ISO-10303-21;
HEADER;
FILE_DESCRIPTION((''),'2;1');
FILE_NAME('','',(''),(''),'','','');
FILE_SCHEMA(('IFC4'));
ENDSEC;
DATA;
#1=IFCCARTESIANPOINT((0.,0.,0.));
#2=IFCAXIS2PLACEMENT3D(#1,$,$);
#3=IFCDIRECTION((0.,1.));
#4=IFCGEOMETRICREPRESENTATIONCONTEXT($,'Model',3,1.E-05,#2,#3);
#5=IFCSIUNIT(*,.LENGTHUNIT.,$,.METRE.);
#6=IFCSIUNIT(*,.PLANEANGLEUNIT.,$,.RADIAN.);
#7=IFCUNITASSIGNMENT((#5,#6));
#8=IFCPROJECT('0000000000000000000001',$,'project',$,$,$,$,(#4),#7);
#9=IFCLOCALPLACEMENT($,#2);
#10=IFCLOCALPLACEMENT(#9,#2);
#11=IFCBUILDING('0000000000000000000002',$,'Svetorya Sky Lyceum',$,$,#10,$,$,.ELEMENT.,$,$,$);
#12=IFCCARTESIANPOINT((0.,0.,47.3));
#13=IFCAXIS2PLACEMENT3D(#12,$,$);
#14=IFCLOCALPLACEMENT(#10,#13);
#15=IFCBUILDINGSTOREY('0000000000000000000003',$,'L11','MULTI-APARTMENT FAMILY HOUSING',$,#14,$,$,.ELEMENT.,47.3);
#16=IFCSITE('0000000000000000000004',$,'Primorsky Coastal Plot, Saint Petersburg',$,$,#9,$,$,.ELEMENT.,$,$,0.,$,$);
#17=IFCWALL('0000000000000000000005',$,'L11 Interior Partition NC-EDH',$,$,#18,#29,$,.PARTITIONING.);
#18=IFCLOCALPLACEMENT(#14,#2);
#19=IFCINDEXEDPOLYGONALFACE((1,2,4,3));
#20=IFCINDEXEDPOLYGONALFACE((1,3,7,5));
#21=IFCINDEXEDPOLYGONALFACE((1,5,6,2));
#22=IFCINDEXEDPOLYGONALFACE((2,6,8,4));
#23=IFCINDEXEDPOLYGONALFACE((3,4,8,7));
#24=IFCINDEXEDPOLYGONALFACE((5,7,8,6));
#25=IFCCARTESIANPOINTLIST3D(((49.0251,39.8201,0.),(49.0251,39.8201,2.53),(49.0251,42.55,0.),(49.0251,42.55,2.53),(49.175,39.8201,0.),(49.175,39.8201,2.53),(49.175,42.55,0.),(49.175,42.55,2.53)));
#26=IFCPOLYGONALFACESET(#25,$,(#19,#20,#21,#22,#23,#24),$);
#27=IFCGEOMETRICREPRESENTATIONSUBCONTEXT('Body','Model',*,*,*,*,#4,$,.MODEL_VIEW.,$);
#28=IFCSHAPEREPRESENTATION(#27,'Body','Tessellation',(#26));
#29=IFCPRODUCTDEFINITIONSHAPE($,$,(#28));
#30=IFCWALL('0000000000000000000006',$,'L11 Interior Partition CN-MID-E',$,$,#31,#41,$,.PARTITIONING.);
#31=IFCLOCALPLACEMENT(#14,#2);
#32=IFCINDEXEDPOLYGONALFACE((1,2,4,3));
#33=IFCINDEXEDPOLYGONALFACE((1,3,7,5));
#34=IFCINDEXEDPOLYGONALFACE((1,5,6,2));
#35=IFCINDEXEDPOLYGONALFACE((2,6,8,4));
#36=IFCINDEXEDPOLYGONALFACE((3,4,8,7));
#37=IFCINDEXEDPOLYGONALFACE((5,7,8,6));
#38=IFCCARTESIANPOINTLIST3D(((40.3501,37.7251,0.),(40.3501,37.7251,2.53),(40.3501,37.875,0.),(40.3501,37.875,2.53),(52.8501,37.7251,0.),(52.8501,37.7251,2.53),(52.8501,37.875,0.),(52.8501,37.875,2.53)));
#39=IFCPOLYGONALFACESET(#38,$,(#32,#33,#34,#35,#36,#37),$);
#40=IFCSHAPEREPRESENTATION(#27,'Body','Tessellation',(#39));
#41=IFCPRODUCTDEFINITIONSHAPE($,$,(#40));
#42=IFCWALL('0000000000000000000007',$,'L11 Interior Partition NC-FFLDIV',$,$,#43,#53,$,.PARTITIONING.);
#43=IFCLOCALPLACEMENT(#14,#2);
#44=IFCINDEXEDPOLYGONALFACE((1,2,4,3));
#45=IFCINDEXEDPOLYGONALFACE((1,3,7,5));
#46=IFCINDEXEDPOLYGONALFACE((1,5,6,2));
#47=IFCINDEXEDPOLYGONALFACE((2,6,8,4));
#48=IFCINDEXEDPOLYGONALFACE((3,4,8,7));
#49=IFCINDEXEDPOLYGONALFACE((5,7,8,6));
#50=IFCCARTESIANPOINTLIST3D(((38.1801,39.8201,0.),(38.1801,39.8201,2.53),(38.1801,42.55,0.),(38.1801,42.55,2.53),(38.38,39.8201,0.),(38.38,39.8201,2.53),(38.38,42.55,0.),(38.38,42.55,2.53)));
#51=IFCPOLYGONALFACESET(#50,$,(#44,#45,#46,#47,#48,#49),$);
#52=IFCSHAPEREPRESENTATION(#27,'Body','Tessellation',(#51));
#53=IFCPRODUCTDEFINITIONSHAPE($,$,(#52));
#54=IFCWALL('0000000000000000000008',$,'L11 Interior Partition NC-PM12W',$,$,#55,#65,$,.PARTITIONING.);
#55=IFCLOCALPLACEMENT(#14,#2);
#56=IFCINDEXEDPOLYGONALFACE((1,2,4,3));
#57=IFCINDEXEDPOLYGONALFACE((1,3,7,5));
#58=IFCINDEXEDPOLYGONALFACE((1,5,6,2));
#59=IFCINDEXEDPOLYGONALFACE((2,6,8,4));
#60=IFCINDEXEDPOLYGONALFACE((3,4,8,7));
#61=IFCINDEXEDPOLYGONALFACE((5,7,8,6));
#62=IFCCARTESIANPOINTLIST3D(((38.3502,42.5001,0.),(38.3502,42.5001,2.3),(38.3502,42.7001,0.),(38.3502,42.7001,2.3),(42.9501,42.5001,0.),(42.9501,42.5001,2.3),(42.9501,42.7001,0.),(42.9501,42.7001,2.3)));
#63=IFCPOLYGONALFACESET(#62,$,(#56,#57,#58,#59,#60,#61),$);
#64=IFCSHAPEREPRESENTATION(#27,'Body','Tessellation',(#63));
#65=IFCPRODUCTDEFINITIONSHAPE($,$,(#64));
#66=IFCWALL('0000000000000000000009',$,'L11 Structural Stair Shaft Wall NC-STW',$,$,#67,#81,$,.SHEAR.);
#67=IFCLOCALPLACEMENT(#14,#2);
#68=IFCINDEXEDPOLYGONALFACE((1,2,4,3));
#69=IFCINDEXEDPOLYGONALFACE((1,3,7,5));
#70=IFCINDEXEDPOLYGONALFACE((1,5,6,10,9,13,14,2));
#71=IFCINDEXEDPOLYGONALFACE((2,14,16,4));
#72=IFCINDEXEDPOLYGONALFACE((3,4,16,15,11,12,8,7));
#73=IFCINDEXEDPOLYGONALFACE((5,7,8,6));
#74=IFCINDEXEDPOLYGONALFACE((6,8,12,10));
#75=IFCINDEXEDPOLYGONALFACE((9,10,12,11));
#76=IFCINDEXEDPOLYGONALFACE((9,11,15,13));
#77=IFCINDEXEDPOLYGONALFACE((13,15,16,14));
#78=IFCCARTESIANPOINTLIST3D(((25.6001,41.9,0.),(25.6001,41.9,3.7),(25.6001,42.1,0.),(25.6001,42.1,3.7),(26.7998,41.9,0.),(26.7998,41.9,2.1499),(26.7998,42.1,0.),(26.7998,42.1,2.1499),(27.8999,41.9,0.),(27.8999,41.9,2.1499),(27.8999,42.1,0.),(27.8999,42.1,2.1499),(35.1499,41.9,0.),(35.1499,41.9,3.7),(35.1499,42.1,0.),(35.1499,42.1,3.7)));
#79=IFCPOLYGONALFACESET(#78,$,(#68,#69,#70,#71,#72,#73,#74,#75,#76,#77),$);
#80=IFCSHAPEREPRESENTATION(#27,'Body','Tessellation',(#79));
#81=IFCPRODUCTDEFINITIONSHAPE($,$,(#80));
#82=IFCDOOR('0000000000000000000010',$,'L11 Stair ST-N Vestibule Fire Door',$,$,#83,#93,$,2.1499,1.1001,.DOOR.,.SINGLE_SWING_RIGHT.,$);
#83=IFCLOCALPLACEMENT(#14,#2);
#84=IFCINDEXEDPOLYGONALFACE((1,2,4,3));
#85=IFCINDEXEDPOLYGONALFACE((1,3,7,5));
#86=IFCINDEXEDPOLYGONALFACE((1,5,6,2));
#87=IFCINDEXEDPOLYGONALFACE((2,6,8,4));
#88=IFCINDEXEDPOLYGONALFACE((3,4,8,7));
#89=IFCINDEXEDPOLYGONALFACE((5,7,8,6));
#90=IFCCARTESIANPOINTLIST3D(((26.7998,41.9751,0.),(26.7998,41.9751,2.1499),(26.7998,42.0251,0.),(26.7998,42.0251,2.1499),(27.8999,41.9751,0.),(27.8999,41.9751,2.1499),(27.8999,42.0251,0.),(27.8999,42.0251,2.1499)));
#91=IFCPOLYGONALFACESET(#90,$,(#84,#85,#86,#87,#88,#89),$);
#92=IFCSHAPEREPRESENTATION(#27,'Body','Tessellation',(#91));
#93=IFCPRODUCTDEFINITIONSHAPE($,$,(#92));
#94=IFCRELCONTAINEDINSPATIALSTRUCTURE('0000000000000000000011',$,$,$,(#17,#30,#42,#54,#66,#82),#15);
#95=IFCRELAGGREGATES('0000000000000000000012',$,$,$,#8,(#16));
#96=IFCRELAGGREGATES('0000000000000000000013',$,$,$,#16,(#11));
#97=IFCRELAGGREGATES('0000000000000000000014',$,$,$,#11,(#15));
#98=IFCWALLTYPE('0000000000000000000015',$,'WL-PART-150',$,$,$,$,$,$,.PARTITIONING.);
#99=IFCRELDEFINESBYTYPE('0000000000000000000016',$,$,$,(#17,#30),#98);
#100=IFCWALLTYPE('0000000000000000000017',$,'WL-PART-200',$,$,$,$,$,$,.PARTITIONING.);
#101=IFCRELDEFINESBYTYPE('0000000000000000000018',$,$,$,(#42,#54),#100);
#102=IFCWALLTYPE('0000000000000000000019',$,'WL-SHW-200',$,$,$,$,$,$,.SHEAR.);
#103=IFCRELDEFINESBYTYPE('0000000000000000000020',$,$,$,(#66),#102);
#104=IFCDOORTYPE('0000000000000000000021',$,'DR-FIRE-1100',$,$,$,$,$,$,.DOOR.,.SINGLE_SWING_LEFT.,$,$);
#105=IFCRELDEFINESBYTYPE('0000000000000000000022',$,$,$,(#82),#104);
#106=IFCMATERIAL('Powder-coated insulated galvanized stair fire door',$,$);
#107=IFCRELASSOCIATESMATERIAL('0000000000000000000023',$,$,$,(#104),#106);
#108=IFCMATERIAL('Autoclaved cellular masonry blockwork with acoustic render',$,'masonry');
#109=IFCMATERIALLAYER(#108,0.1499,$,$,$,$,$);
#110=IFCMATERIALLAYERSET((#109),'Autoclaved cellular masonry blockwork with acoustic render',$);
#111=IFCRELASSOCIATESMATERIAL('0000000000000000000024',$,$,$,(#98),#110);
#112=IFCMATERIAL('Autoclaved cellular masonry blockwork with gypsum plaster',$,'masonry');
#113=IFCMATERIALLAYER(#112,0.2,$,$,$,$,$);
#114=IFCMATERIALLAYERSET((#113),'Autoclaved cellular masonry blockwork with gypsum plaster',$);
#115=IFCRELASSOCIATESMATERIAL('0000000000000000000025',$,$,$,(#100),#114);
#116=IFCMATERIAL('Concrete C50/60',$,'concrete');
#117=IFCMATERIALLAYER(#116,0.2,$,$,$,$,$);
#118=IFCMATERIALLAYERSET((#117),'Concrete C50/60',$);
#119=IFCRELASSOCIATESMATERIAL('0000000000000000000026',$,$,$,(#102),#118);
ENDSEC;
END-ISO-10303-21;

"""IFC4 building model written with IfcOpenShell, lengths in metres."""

from ifc_helpers import new_model, si_unit, direction, frame, frame_2d, origin, place, context, subcontext, project, spatial, rectangle, extrude, material, layer, layer_set, type_object, element, fill, save


model = new_model("IFC4")

# Units and contexts
model_context = context("Model", 3, precision=1e-05, world=origin(), true_north=direction((0.0, 1.0)))
body_context = subcontext(model_context, "Body", "Model", "MODEL_VIEW")
ifc_project = project(units=[si_unit("LENGTHUNIT", "METRE"), si_unit("PLANEANGLEUNIT", "RADIAN")], contexts=[model_context])

# Site, building, storey
site_placement = place(None, origin())
site = spatial("IfcSite", under=ifc_project, at=site_placement, Name="Primorsky Coastal Plot, Saint Petersburg", CompositionType="ELEMENT", RefElevation=0.0)
building_placement = place(site_placement, origin())
building = spatial("IfcBuilding", under=site, at=building_placement, Name="Svetorya Sky Lyceum", CompositionType="ELEMENT")
storey_placement = place(building_placement, frame((0.0, 0.0, 47.3)))
storey = spatial("IfcBuildingStorey", under=building, at=storey_placement, Name="L11", Description="MULTI-APARTMENT FAMILY HOUSING", CompositionType="ELEMENT", Elevation=47.3)

# Shared definitions
ifc_material_1 = material(Name="Concrete C50/60", Category="concrete")

# Shared definitions
ifc_material_2 = material(Name="Powder-coated insulated galvanized stair fire door")
door_type_1 = type_object("IfcDoorType", Name="DR-FIRE-1100", OperationType="SINGLE_SWING_LEFT", PredefinedType="DOOR", material=ifc_material_2)

# Walls
ifc_material_3 = material(Name="Autoclaved cellular masonry blockwork with acoustic render", Category="masonry")
ifc_layer_1 = layer(ifc_material_3, 0.1499)
ifc_layer_set_1 = layer_set([ifc_layer_1], Name="Autoclaved cellular masonry blockwork with acoustic render")
wall_type_1 = type_object("IfcWallType", Name="WL-PART-150", PredefinedType="PARTITIONING", material=ifc_layer_set_1)
wall_1_placement = place(storey_placement, frame((49.1001, 39.8201, 0.0), z_axis=(0.0, 0.0, 1.0), x_axis=(0.0, 1.0, 0.0)))
element("IfcWall", 1, at=wall_1_placement, inside=storey, type_object=wall_type_1, Name="L11 Interior Partition NC-EDH", PredefinedType="PARTITIONING", context=body_context, shape_type="SweptSolid", body=[
    extrude(rectangle(XDim=2.73, YDim=0.1499, at=frame_2d((1.365, 0.0))), origin(), (0.0, 0.0, 1.0), 2.53),
])
wall_2_placement = place(storey_placement, frame((40.3501, 37.8, 0.0), z_axis=(0.0, 0.0, 1.0), x_axis=(1.0, 0.0, 0.0)))
element("IfcWall", 2, at=wall_2_placement, inside=storey, type_object=wall_type_1, Name="L11 Interior Partition CN-MID-E", PredefinedType="PARTITIONING", context=body_context, shape_type="SweptSolid", body=[
    extrude(rectangle(XDim=12.5, YDim=0.1499, at=frame_2d((6.25, 0.0))), origin(), (0.0, 0.0, 1.0), 2.53),
])

# Shared definitions
ifc_material_4 = material(Name="Autoclaved cellular masonry blockwork with gypsum plaster", Category="masonry")
ifc_layer_2 = layer(ifc_material_4, 0.2)
ifc_layer_set_2 = layer_set([ifc_layer_2], Name="Autoclaved cellular masonry blockwork with gypsum plaster")
wall_type_2 = type_object("IfcWallType", Name="WL-PART-200", PredefinedType="PARTITIONING", material=ifc_layer_set_2)

# Walls
wall_3_placement = place(storey_placement, frame((38.28, 39.8201, 0.0), z_axis=(0.0, 0.0, 1.0), x_axis=(0.0, 1.0, 0.0)))
element("IfcWall", 3, at=wall_3_placement, inside=storey, type_object=wall_type_2, Name="L11 Interior Partition NC-FFLDIV", PredefinedType="PARTITIONING", context=body_context, shape_type="SweptSolid", body=[
    extrude(rectangle(XDim=2.73, YDim=0.2, at=frame_2d((1.365, 0.0))), origin(), (0.0, 0.0, 1.0), 2.53),
])
wall_4_placement = place(storey_placement, frame((42.95, 42.6001, 0.0), z_axis=(0.0, 0.0, 1.0), x_axis=(-1.0, 0.0, 0.0)))
element("IfcWall", 4, at=wall_4_placement, inside=storey, type_object=wall_type_2, Name="L11 Interior Partition NC-PM12W", PredefinedType="PARTITIONING", context=body_context, shape_type="SweptSolid", body=[
    extrude(rectangle(XDim=4.5999, YDim=0.2, at=frame_2d((2.2998, 0.0))), origin(), (0.0, 0.0, 1.0), 2.3),
])

# Wall, opening, door
ifc_layer_3 = layer(ifc_material_1, 0.2)
ifc_layer_set_3 = layer_set([ifc_layer_3], Name="Concrete C50/60")
wall_type_3 = type_object("IfcWallType", Name="WL-SHW-200", PredefinedType="SHEAR", material=ifc_layer_set_3)
wall_5_placement = place(storey_placement, frame((35.1499, 42.0, 0.0), z_axis=(0.0, 0.0, 1.0), x_axis=(-1.0, 0.0, 0.0)))
wall_5 = element("IfcWall", 5, at=wall_5_placement, inside=storey, type_object=wall_type_3, Name="L11 Structural Stair Shaft Wall NC-STW", PredefinedType="SHEAR", context=body_context, shape_type="SweptSolid", body=[
    extrude(rectangle(XDim=9.5498, YDim=0.2, at=frame_2d((4.7749, 0.0))), origin(), (0.0, 0.0, 1.0), 3.7),
])
opening_1_placement = place(wall_5_placement, frame((7.25, 0.0, 0.0)))
opening_1 = element("IfcOpeningElement", 6, at=opening_1_placement, cuts=wall_5, PredefinedType="OPENING", context=body_context, shape_type="SweptSolid", body=[
    extrude(rectangle(XDim=1.1001, YDim=2.1499, at=frame_2d((0.55, 1.075))), frame((0.0, 0.1099, 0.0), z_axis=(0.0, -1.0, 0.0), x_axis=(1.0, 0.0, 0.0)), (0.0, 0.0, 1.0), 0.22),
])
door_1_placement = place(opening_1_placement, origin())
door_1 = element("IfcDoor", 7, at=door_1_placement, inside=storey, type_object=door_type_1, Name="L11 Stair ST-N Vestibule Fire Door", OperationType="SINGLE_SWING_RIGHT", OverallHeight=2.1499, OverallWidth=1.1001, PredefinedType="DOOR", context=body_context, shape_type="SweptSolid", body=[
    extrude(rectangle(XDim=1.1001, YDim=2.1499, at=frame_2d((0.55, 1.075))), frame((0.0, 0.0249, 0.0), z_axis=(0.0, -1.0, 0.0), x_axis=(1.0, 0.0, 0.0)), (0.0, 0.0, 1.0), 0.05),
])
fill(opening_1, door_1)

save(model, "model.ifc")
